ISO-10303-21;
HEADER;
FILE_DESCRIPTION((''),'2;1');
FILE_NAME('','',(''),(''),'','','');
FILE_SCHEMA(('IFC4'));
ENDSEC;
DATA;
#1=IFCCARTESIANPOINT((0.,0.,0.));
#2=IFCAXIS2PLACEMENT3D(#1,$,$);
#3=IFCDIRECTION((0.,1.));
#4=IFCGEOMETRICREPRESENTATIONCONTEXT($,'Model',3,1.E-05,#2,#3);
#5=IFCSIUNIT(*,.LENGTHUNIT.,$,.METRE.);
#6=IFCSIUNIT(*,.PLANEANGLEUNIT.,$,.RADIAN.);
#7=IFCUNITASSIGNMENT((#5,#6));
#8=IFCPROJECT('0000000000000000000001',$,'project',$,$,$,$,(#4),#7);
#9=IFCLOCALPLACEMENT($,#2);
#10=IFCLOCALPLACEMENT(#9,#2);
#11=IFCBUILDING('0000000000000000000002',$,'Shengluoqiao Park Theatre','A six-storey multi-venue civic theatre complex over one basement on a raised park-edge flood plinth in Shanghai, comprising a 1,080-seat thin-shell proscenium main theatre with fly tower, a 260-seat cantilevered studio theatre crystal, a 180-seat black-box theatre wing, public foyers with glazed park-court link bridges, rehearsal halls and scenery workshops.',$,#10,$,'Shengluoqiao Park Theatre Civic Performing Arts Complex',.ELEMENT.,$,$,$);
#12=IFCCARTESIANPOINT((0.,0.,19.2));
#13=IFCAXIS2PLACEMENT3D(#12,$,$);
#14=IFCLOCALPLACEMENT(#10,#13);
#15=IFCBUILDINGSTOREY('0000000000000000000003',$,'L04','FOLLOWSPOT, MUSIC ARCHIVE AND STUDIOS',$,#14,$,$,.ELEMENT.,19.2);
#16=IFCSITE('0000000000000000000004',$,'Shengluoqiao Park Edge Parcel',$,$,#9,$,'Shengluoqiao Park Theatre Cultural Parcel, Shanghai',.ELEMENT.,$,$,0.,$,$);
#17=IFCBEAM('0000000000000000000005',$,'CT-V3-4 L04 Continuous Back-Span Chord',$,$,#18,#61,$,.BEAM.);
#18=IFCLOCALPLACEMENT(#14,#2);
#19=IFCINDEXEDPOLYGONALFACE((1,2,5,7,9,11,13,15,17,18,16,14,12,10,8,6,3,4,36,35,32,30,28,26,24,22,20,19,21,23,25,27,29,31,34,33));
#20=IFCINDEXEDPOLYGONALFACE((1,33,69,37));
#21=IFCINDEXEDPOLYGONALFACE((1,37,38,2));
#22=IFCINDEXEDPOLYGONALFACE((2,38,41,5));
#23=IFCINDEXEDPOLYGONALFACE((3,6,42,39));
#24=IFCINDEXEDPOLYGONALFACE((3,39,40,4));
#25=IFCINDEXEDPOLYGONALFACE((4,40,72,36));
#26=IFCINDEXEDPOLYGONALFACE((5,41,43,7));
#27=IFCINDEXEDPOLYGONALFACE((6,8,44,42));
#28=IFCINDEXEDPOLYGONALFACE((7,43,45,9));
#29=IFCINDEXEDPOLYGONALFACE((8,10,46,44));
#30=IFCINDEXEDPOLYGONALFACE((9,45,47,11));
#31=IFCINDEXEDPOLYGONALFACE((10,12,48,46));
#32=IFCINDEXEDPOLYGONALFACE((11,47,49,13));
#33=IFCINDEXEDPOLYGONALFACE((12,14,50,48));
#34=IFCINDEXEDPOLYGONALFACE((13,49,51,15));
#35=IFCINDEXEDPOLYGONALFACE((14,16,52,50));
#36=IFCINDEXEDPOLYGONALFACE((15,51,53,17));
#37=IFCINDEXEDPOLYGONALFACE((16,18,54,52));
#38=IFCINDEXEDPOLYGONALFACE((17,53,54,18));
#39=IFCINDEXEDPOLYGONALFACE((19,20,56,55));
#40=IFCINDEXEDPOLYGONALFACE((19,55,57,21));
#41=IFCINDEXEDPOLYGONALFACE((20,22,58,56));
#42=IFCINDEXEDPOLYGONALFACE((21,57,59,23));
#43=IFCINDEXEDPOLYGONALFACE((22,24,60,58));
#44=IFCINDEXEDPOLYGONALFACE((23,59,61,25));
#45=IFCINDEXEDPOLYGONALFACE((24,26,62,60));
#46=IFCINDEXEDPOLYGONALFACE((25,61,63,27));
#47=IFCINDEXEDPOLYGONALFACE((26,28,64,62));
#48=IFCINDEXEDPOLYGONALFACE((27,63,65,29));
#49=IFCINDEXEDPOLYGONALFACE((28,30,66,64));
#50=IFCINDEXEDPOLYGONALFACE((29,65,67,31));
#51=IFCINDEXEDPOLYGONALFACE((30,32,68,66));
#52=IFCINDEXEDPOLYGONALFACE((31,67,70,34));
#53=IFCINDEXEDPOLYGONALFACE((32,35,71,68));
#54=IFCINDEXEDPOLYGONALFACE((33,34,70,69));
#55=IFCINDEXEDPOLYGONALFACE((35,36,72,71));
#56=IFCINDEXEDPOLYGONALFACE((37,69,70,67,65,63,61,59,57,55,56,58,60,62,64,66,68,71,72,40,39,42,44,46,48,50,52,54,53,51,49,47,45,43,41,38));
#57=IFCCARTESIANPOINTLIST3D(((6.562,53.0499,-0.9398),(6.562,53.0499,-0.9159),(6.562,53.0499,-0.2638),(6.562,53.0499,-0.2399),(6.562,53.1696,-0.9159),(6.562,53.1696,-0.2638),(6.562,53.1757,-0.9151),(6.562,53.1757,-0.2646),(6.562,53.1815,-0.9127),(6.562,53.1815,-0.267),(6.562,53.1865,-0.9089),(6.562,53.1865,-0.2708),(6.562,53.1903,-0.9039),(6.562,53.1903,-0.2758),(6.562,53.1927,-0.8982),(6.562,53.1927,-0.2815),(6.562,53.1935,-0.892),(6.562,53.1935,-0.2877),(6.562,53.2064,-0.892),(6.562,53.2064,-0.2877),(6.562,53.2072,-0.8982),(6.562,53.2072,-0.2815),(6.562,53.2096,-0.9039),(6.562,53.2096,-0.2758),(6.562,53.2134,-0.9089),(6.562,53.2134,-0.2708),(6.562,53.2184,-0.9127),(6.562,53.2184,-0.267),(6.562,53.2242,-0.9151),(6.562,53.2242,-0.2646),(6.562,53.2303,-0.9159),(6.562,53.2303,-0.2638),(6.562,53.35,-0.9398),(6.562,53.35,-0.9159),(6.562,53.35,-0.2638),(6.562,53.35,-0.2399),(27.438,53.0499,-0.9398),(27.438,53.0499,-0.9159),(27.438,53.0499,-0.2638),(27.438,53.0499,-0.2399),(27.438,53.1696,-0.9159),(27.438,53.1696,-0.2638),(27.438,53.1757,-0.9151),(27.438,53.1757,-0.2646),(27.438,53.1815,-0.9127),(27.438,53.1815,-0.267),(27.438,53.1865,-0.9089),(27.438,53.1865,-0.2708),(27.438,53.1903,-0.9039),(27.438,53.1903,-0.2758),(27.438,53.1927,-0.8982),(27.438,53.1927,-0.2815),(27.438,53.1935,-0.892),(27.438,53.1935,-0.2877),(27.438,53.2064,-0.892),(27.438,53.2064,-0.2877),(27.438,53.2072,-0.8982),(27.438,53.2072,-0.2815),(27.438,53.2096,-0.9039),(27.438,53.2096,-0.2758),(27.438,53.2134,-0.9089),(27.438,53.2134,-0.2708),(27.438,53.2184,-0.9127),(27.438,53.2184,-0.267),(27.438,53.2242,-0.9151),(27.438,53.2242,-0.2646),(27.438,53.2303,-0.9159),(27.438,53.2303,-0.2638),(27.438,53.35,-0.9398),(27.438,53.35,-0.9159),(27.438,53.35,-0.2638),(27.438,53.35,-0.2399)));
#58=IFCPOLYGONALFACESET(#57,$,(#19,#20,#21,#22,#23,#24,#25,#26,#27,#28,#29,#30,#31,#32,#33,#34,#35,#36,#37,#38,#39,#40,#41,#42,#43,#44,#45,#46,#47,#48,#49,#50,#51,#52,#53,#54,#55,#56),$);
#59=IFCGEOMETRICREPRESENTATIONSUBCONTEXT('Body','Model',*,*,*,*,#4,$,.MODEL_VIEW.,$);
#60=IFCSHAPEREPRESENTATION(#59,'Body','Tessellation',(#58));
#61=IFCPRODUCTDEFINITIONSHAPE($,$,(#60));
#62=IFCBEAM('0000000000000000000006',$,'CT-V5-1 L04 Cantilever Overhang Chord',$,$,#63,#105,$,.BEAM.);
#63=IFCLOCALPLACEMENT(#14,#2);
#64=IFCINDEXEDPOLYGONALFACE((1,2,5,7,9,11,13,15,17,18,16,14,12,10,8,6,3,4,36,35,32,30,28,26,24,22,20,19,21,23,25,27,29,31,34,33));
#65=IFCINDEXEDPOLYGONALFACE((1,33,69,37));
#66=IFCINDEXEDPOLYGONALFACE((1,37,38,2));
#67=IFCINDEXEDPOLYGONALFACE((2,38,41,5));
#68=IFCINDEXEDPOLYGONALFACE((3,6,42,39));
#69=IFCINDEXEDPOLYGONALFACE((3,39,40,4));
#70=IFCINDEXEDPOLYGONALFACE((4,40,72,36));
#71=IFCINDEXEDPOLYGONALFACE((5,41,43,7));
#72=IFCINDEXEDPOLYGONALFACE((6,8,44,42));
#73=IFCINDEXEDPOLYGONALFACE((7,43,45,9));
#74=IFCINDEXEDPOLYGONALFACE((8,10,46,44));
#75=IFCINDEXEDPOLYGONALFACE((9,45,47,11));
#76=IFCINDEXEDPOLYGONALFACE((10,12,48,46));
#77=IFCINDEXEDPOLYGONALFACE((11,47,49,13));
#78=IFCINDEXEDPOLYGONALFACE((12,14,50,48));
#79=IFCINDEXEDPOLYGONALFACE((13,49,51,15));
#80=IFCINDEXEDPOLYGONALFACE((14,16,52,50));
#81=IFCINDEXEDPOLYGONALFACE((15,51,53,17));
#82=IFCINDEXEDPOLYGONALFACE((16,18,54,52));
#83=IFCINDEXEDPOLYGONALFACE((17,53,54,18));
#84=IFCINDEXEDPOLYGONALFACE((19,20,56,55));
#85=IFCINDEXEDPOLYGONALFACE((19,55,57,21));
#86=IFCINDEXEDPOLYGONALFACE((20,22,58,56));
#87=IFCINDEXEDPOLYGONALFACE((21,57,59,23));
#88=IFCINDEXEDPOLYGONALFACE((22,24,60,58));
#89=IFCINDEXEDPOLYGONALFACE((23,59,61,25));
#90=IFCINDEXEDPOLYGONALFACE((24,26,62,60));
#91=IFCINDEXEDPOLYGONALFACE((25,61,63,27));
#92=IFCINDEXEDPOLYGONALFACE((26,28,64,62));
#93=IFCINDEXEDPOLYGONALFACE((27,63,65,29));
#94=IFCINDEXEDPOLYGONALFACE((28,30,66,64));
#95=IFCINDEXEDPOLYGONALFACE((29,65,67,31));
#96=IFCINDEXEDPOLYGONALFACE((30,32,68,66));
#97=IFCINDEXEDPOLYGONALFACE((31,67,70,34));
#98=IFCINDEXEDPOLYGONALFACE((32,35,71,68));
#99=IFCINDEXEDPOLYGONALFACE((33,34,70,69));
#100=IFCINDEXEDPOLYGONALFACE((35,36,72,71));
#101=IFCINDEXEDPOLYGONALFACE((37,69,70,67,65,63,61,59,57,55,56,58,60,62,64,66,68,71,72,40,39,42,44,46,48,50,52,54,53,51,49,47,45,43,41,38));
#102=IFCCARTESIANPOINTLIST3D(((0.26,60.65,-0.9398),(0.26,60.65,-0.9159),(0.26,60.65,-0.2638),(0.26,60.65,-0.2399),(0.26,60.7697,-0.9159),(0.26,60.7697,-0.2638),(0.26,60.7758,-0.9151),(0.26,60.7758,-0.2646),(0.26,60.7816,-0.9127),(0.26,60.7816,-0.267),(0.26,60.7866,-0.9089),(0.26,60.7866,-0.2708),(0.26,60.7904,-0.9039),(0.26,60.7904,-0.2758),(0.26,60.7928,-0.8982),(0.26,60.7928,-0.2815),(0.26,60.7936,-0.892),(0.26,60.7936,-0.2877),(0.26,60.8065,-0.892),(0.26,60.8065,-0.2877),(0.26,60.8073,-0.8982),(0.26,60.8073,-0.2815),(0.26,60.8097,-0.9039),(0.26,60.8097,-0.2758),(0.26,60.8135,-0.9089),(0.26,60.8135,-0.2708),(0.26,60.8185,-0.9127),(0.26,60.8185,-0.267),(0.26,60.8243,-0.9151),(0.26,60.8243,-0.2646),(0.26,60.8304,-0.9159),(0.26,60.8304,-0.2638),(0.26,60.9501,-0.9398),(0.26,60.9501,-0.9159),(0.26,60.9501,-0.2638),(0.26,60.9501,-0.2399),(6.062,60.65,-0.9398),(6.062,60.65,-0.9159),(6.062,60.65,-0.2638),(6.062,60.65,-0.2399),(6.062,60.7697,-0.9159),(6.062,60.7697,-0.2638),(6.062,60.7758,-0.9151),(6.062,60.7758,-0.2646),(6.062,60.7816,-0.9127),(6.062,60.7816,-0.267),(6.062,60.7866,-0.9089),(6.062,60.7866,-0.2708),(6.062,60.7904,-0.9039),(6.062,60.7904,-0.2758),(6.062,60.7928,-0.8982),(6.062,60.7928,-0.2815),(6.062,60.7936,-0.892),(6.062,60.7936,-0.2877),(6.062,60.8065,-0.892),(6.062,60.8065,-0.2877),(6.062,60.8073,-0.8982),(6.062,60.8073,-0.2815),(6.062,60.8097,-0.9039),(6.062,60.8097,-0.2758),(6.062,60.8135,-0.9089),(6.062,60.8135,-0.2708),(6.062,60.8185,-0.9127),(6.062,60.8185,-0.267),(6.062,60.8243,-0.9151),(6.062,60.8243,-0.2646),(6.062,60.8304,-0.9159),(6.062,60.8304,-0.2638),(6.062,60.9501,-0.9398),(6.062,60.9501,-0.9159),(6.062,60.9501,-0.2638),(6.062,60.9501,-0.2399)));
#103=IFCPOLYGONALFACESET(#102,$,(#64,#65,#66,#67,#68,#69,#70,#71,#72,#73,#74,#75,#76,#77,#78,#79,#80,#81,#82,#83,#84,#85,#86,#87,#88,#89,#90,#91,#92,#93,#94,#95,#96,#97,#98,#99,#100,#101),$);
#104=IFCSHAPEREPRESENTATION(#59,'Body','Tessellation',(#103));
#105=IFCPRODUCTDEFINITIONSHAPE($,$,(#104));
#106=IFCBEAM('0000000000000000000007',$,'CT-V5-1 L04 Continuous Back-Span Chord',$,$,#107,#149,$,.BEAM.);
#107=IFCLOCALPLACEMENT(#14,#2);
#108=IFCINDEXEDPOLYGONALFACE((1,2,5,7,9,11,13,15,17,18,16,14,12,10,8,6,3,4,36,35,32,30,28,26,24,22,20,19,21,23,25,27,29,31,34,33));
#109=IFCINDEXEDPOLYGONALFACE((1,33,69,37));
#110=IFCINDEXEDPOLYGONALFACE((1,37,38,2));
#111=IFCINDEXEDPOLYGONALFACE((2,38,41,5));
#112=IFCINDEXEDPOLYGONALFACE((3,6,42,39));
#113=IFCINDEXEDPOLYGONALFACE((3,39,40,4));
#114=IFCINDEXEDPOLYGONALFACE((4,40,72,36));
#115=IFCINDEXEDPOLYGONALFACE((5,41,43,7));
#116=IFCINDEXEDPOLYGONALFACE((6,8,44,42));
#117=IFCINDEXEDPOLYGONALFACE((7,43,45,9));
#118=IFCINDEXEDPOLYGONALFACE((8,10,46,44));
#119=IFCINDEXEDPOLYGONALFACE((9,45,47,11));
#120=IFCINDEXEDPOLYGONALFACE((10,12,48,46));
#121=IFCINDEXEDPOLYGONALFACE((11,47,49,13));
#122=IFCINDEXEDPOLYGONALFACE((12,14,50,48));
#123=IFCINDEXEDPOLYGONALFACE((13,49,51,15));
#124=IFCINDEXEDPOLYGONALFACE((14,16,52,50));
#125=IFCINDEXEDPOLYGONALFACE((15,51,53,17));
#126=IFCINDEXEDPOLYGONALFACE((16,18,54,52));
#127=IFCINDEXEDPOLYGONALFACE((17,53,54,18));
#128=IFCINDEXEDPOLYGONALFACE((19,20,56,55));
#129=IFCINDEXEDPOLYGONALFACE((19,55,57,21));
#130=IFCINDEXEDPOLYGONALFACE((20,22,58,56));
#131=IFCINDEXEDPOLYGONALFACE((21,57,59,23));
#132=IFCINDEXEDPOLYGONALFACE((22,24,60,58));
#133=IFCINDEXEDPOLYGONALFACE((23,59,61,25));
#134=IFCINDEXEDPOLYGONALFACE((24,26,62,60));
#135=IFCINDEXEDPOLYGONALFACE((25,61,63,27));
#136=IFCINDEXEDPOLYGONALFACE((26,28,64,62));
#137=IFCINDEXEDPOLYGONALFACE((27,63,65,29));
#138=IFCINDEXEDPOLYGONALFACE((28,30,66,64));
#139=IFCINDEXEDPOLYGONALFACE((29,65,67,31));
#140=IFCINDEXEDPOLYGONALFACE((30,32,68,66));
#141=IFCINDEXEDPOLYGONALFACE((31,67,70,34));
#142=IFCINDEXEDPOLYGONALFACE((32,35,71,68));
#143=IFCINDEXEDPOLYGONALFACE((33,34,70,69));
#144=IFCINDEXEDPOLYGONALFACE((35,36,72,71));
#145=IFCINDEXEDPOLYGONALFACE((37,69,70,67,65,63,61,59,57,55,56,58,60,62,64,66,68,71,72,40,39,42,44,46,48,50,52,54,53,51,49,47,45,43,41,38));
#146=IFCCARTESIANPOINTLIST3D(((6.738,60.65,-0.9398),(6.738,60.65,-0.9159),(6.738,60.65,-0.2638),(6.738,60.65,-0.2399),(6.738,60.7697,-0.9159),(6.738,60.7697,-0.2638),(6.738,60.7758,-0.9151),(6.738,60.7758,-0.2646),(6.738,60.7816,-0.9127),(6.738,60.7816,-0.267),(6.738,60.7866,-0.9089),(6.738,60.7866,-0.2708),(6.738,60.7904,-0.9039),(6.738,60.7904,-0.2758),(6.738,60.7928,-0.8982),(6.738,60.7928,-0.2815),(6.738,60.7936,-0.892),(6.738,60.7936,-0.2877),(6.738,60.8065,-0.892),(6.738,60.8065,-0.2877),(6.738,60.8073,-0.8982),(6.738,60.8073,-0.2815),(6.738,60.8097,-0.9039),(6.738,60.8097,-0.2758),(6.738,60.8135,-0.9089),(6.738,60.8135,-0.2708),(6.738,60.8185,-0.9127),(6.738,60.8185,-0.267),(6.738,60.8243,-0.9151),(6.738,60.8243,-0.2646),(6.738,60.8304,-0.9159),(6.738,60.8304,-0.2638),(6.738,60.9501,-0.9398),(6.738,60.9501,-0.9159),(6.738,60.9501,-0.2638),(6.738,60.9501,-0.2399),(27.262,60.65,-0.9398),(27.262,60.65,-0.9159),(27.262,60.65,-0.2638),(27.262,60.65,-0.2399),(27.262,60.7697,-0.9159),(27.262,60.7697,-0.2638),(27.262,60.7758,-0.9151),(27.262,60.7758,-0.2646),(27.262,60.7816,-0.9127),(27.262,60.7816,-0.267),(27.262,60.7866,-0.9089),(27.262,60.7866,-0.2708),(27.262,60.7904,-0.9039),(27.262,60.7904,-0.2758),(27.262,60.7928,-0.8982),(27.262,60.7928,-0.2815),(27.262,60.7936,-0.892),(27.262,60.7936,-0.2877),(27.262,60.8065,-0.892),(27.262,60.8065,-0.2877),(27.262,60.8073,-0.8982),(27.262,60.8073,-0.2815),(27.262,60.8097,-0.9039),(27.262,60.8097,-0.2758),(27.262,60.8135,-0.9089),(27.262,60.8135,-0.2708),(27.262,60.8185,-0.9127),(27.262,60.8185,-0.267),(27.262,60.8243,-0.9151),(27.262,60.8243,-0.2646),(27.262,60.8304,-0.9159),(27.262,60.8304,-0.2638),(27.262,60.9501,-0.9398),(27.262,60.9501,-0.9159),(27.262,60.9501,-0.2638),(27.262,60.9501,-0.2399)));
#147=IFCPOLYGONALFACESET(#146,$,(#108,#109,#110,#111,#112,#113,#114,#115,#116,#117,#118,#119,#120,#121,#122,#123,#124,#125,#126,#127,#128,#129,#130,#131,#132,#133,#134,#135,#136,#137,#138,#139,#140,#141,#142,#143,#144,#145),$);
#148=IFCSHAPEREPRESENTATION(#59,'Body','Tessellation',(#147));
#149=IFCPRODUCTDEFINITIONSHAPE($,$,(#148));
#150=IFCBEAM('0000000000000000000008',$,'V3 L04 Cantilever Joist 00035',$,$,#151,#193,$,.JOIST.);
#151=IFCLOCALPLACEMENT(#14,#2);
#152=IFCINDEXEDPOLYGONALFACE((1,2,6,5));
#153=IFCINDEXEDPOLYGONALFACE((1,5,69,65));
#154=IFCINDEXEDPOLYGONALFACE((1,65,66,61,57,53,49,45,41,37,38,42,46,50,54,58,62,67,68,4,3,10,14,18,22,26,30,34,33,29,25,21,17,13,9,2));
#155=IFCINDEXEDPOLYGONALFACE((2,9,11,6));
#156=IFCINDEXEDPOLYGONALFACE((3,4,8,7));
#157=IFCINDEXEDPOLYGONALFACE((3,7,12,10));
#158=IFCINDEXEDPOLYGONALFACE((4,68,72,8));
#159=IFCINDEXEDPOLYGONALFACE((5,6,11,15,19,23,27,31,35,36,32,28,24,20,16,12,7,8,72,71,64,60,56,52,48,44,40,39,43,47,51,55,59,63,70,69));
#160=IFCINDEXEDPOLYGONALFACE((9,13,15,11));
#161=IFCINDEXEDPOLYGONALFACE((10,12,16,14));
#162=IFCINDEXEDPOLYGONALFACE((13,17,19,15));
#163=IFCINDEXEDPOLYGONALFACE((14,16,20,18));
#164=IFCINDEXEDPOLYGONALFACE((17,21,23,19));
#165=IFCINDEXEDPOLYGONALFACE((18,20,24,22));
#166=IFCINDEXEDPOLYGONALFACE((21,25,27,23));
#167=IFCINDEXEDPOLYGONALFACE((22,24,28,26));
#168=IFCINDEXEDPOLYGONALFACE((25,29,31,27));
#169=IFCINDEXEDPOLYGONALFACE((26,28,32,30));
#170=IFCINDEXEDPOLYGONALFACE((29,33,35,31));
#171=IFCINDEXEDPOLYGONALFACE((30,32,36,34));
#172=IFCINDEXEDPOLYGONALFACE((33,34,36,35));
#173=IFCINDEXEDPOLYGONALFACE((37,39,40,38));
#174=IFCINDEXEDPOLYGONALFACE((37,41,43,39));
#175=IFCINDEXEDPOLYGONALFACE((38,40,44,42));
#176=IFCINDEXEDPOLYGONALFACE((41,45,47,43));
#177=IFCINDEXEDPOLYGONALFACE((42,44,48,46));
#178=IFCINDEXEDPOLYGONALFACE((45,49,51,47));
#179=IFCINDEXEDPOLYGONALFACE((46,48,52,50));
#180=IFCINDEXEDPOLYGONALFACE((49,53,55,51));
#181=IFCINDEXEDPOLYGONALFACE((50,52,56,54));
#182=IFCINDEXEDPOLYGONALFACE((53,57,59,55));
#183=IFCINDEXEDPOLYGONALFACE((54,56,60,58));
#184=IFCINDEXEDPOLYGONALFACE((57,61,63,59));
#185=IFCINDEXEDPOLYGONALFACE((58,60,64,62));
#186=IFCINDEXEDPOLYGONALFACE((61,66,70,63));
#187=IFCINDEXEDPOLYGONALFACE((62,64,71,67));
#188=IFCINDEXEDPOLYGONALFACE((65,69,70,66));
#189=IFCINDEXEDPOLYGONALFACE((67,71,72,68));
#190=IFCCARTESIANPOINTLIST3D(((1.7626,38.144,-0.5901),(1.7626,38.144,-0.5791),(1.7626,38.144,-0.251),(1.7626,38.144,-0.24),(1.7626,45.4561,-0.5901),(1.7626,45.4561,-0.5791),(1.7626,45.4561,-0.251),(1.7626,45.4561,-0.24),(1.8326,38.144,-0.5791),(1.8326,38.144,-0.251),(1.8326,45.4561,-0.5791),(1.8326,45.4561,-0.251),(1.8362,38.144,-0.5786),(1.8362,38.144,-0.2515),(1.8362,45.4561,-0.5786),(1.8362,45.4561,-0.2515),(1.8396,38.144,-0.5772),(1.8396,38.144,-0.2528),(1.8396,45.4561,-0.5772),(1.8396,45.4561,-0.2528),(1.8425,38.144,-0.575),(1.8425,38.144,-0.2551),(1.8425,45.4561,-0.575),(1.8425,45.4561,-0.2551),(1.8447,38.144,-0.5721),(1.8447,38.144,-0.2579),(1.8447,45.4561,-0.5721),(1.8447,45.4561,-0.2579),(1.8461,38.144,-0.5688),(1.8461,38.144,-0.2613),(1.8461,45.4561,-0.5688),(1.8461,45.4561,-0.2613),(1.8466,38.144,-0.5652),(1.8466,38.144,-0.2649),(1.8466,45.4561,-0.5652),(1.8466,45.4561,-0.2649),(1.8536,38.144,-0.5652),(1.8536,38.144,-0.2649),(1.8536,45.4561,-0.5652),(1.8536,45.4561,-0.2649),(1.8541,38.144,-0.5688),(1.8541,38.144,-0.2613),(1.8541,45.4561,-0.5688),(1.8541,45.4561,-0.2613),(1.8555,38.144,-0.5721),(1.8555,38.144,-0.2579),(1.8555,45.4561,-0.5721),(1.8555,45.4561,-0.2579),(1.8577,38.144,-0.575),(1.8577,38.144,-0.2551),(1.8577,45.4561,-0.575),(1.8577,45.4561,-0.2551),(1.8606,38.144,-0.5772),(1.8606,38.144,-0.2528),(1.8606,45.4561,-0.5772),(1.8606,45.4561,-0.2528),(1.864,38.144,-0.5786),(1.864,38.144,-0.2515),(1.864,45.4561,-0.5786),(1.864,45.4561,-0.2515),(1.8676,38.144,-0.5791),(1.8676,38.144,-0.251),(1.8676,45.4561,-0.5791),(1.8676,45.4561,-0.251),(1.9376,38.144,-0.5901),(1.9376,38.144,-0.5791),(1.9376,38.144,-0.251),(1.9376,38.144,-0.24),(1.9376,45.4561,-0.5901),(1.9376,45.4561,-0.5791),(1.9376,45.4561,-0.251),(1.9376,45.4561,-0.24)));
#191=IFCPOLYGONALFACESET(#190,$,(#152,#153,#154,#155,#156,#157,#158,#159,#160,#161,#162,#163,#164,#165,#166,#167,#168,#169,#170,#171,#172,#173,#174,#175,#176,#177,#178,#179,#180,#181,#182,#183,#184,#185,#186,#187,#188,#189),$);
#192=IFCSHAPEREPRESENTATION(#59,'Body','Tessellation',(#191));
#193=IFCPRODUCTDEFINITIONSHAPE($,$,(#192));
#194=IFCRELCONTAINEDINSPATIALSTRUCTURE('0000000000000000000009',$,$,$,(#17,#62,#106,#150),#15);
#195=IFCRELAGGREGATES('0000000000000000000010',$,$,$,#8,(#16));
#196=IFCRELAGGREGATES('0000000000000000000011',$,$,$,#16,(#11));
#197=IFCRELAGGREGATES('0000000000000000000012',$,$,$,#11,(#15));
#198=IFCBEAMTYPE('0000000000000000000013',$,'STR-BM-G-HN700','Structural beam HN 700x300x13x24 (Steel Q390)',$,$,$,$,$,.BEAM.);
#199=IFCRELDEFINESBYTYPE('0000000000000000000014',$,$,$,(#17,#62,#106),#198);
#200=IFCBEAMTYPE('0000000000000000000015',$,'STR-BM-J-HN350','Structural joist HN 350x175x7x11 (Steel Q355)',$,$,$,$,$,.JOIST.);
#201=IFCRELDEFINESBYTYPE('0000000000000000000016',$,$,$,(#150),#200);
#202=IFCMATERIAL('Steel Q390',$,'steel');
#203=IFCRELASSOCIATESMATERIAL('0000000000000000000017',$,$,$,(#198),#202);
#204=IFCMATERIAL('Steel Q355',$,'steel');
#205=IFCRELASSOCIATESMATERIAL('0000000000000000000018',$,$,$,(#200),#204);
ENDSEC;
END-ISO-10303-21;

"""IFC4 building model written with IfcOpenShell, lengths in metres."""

from ifc_helpers import new_model, si_unit, direction, frame, origin, origin_2d, place, context, subcontext, project, spatial, i_section, extrude, material, material_profile, profile_set, type_object, element, save


model = new_model("IFC4")

# Units and contexts
model_context = context("Model", 3, precision=1e-05, world=origin(), true_north=direction((0.0, 1.0)))
body_context = subcontext(model_context, "Body", "Model", "MODEL_VIEW")
ifc_project = project(units=[si_unit("LENGTHUNIT", "METRE"), si_unit("PLANEANGLEUNIT", "RADIAN")], contexts=[model_context])

# Site, building, storey
site_placement = place(None, origin())
site = spatial("IfcSite", under=ifc_project, at=site_placement, Name="Shengluoqiao Park Edge Parcel", LongName="Shengluoqiao Park Theatre Cultural Parcel, Shanghai", CompositionType="ELEMENT", RefElevation=0.0)
building_placement = place(site_placement, origin())
building = spatial("IfcBuilding", under=site, at=building_placement, Name="Shengluoqiao Park Theatre", Description="A six-storey multi-venue civic theatre complex over one basement on a raised park-edge flood plinth in Shanghai, comprising a 1,080-seat thin-shell proscenium main theatre with fly tower, a 260-seat cantilevered studio theatre crystal, a 180-seat black-box theatre wing, public foyers with glazed park-court link bridges, rehearsal halls and scenery workshops.", LongName="Shengluoqiao Park Theatre Civic Performing Arts Complex", CompositionType="ELEMENT")
storey_placement = place(building_placement, frame((0.0, 0.0, 19.2)))
storey = spatial("IfcBuildingStorey", under=building, at=storey_placement, Name="L04", Description="FOLLOWSPOT, MUSIC ARCHIVE AND STUDIOS", CompositionType="ELEMENT", Elevation=19.2)

# Beams
ifc_material_1 = material(Name="Steel Q390", Category="steel")
ifc_material_profile_1 = material_profile(ifc_material_1, i_section(OverallWidth=0.3, OverallDepth=0.7, WebThickness=0.0129, FlangeThickness=0.0239, FilletRadius=0.0239, at=origin_2d()), Name="HN 700x300x13x24")
ifc_profile_set_1 = profile_set([ifc_material_profile_1], Name="Steel Q390")
beam_type_1 = type_object("IfcBeamType", Name="STR-BM-G-HN700", Description="Structural beam HN 700x300x13x24 (Steel Q390)", PredefinedType="BEAM", material=ifc_profile_set_1)
beam_1_placement = place(storey_placement, frame((6.562, 53.2, -0.5898), z_axis=(1.0, 0.0, 0.0), x_axis=(0.0, 1.0, 0.0)))
element("IfcBeam", 1, at=beam_1_placement, inside=storey, type_object=beam_type_1, Name="CT-V3-4 L04 Continuous Back-Span Chord", PredefinedType="BEAM", context=body_context, shape_type="SweptSolid", body=[
    extrude(i_section(OverallWidth=0.3, OverallDepth=0.7, WebThickness=0.0129, FlangeThickness=0.0239, FilletRadius=0.0239, at=origin_2d()), origin(), (0.0, 0.0, 1.0), 20.876),
])
beam_2_placement = place(storey_placement, frame((0.26, 60.8, -0.5898), z_axis=(1.0, 0.0, 0.0), x_axis=(0.0, 1.0, 0.0)))
element("IfcBeam", 2, at=beam_2_placement, inside=storey, type_object=beam_type_1, Name="CT-V5-1 L04 Cantilever Overhang Chord", PredefinedType="BEAM", context=body_context, shape_type="SweptSolid", body=[
    extrude(i_section(OverallWidth=0.3, OverallDepth=0.7, WebThickness=0.0129, FlangeThickness=0.0239, FilletRadius=0.0239, at=origin_2d()), origin(), (0.0, 0.0, 1.0), 5.802),
])
beam_3_placement = place(storey_placement, frame((6.738, 60.8, -0.5898), z_axis=(1.0, 0.0, 0.0), x_axis=(0.0, 1.0, 0.0)))
element("IfcBeam", 3, at=beam_3_placement, inside=storey, type_object=beam_type_1, Name="CT-V5-1 L04 Continuous Back-Span Chord", PredefinedType="BEAM", context=body_context, shape_type="SweptSolid", body=[
    extrude(i_section(OverallWidth=0.3, OverallDepth=0.7, WebThickness=0.0129, FlangeThickness=0.0239, FilletRadius=0.0239, at=origin_2d()), origin(), (0.0, 0.0, 1.0), 20.5239),
])
ifc_material_2 = material(Name="Steel Q355", Category="steel")
ifc_material_profile_2 = material_profile(ifc_material_2, i_section(OverallWidth=0.175, OverallDepth=0.3501, WebThickness=0.0071, FlangeThickness=0.011, FilletRadius=0.0139, at=origin_2d()), Name="HN 350x175x7x11")
ifc_profile_set_2 = profile_set([ifc_material_profile_2], Name="Steel Q355")
beam_type_2 = type_object("IfcBeamType", Name="STR-BM-J-HN350", Description="Structural joist HN 350x175x7x11 (Steel Q355)", PredefinedType="JOIST", material=ifc_profile_set_2)
for number, where, z_axis, x_axis, name in (
    (4, (1.8501, 38.144, -0.415), (0.0, 1.0, 0.0), (-1.0, 0.0, 0.0), "V3 L04 Cantilever Joist 00035"),
):
    element("IfcBeam", number, at=place(storey_placement, frame(where, z_axis=z_axis, x_axis=x_axis)), inside=storey, type_object=beam_type_2, Name=name, PredefinedType="JOIST", context=body_context, shape_type="SweptSolid", body=[
        extrude(i_section(OverallWidth=0.175, OverallDepth=0.3501, WebThickness=0.0071, FlangeThickness=0.011, FilletRadius=0.0139, at=origin_2d()), origin(), (0.0, 0.0, 1.0), 7.312),
    ])

save(model, "model.ifc")
